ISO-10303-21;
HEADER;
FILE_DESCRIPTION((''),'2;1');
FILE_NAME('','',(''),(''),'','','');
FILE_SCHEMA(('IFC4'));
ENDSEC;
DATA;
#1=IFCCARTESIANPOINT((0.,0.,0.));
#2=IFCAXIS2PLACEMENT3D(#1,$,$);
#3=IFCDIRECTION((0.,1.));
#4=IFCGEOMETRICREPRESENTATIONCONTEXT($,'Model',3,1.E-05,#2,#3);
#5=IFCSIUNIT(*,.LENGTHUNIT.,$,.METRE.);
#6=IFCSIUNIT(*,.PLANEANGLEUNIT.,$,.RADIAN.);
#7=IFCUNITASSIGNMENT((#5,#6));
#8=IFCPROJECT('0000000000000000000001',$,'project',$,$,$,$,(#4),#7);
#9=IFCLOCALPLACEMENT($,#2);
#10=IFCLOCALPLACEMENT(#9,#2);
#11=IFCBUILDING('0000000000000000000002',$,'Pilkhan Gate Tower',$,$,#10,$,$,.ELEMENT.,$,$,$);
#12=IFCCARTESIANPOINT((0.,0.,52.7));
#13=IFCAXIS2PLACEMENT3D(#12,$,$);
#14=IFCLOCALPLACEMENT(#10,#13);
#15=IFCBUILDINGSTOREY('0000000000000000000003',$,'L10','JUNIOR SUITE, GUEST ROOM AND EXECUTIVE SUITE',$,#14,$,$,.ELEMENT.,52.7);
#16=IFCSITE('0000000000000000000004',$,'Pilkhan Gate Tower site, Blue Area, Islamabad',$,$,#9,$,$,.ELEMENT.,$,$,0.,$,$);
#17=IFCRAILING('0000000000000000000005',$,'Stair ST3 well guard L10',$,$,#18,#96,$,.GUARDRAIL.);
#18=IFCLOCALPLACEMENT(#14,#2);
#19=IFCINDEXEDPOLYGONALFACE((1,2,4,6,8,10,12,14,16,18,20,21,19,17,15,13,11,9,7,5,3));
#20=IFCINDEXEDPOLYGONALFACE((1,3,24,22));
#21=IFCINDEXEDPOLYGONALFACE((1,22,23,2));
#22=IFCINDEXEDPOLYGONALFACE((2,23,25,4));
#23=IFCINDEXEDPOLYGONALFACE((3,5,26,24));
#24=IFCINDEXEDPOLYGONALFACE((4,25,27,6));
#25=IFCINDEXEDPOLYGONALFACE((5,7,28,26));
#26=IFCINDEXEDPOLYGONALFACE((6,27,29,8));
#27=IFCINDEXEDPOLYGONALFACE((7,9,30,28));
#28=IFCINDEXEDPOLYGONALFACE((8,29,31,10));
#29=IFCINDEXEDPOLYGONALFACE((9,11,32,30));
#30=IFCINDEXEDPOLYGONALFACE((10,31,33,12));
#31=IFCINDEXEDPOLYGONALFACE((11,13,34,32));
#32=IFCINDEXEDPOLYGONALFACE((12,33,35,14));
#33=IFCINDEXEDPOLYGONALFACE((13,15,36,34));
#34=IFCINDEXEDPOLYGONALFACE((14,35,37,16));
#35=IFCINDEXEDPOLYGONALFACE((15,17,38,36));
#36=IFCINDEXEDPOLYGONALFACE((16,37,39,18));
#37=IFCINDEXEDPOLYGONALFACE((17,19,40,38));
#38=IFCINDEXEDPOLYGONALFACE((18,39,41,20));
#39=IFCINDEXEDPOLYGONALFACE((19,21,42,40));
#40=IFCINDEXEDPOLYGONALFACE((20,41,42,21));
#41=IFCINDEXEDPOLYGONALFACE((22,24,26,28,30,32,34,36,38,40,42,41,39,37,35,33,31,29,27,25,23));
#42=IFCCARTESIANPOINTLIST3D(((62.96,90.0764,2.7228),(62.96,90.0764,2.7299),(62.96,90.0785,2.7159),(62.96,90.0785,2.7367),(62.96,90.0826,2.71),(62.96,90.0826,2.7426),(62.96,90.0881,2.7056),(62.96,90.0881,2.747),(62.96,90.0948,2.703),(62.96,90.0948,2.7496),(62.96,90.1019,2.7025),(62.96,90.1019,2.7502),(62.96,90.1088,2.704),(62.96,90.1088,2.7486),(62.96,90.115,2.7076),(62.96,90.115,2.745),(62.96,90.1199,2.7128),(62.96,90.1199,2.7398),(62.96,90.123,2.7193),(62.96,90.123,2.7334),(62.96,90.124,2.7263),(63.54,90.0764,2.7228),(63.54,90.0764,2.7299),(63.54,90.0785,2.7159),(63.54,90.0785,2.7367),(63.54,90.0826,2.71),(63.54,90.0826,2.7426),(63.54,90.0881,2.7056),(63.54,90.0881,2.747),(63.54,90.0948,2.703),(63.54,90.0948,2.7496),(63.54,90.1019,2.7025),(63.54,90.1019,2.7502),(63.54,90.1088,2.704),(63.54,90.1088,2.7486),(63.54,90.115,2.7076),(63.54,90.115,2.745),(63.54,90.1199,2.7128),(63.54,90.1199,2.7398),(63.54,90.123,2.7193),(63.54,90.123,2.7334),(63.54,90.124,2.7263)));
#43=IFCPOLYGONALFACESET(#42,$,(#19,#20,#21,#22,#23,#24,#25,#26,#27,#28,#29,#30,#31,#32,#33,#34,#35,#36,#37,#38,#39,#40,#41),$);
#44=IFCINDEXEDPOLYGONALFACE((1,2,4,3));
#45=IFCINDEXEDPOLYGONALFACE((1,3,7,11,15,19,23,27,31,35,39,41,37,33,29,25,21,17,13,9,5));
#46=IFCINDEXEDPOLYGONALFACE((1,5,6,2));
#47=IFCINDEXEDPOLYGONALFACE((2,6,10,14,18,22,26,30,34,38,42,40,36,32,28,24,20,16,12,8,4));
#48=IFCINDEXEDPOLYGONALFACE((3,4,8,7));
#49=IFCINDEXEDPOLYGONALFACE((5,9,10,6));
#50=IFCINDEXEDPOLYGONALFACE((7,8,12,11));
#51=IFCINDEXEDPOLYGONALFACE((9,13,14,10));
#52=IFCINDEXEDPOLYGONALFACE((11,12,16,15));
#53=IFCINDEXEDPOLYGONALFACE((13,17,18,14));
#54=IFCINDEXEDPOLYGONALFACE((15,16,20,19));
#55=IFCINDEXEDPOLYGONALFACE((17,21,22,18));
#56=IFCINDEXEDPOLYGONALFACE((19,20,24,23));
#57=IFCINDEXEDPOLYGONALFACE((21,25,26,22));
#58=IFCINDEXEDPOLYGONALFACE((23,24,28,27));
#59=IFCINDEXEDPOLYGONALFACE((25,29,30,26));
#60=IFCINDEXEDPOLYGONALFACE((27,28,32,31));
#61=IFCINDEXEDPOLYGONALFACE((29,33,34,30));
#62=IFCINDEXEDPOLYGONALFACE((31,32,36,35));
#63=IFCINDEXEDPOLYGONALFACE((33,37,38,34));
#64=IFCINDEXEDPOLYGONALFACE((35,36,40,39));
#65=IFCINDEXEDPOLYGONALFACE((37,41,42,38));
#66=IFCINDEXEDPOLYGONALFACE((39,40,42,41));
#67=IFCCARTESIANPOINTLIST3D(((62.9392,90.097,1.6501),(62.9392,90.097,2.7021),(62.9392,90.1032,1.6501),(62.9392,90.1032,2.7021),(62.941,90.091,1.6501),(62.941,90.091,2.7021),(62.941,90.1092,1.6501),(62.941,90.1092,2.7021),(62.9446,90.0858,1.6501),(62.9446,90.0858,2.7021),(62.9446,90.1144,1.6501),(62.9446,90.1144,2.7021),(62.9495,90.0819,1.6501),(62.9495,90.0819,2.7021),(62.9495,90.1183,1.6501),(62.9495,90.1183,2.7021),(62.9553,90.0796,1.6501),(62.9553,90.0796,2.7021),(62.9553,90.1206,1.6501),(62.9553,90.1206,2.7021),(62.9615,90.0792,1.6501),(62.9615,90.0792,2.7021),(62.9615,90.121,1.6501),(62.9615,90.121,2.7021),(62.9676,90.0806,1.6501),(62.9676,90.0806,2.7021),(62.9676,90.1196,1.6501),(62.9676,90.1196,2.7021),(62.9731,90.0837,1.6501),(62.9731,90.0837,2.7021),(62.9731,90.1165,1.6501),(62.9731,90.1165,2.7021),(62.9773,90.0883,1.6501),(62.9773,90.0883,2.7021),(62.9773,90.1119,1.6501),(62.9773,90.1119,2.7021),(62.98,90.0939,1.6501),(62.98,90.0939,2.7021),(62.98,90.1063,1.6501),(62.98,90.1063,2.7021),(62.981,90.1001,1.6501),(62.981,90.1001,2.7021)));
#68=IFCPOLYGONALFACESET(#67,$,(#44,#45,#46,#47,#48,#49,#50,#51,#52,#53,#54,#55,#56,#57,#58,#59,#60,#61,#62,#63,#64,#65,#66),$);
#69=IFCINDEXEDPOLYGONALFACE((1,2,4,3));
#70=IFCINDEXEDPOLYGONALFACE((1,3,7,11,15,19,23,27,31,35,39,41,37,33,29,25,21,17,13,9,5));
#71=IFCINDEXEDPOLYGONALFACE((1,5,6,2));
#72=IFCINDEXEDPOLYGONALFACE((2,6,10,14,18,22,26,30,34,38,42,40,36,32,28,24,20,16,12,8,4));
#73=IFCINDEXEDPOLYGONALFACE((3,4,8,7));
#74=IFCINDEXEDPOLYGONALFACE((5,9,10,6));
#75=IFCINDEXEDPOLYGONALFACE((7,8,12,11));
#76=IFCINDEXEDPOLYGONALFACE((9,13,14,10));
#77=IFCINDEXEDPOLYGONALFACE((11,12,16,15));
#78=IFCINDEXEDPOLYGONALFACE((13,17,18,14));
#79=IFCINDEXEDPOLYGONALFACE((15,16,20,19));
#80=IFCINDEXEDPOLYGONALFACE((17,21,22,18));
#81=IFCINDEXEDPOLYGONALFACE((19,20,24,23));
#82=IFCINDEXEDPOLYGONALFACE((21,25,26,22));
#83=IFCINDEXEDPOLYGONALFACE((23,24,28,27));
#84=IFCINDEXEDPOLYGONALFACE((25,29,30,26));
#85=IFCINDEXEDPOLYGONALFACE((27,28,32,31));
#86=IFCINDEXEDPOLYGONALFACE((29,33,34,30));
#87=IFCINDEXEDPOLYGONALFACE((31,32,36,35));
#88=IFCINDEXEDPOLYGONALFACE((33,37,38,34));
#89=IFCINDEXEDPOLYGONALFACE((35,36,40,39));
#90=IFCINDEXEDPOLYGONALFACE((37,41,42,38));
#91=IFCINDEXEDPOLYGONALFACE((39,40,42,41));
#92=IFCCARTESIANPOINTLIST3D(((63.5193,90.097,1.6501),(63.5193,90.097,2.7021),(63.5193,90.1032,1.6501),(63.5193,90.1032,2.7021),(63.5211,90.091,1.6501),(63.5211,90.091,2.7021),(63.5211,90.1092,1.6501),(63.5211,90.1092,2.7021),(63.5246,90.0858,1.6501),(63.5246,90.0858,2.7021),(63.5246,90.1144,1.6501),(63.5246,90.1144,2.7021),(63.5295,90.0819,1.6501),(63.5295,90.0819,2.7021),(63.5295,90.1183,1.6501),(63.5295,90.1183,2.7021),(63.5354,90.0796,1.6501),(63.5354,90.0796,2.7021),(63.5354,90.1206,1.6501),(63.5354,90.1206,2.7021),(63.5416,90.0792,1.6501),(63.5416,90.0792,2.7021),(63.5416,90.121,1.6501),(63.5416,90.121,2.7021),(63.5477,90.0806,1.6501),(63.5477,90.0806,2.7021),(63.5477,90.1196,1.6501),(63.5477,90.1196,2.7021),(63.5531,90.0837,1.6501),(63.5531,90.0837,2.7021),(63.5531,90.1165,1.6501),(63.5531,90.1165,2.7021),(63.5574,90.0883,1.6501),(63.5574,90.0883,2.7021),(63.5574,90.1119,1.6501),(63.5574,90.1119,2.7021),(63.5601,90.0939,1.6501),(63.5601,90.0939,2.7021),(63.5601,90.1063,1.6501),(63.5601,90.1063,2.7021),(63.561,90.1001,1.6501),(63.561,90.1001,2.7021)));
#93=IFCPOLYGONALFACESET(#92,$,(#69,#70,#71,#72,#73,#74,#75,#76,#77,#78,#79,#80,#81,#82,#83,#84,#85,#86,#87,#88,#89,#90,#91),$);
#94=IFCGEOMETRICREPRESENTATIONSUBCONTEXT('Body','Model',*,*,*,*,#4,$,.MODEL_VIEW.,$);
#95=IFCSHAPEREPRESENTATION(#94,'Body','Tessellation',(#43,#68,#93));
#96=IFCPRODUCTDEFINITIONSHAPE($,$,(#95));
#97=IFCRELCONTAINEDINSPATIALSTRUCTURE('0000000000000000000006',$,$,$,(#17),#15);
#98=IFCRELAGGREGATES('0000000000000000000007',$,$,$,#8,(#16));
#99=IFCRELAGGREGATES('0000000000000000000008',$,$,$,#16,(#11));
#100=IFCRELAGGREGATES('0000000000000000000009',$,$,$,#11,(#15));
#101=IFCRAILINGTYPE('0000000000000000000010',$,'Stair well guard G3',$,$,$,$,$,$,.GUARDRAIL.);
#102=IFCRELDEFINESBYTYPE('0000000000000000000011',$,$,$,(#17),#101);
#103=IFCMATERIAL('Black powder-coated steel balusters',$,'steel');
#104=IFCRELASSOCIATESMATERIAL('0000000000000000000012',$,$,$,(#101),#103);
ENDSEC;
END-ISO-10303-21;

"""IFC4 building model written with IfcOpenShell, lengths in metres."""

from ifc_helpers import new_model, si_unit, direction, frame, origin, origin_2d, place, context, subcontext, project, spatial, circle, extrude, material, type_object, element, save


model = new_model("IFC4")

# Units and contexts
model_context = context("Model", 3, precision=1e-05, world=origin(), true_north=direction((0.0, 1.0)))
body_context = subcontext(model_context, "Body", "Model", "MODEL_VIEW")
ifc_project = project(units=[si_unit("LENGTHUNIT", "METRE"), si_unit("PLANEANGLEUNIT", "RADIAN")], contexts=[model_context])

# Site, building, storey
site_placement = place(None, origin())
site = spatial("IfcSite", under=ifc_project, at=site_placement, Name="Pilkhan Gate Tower site, Blue Area, Islamabad", CompositionType="ELEMENT", RefElevation=0.0)
building_placement = place(site_placement, origin())
building = spatial("IfcBuilding", under=site, at=building_placement, Name="Pilkhan Gate Tower", CompositionType="ELEMENT")
storey_placement = place(building_placement, frame((0.0, 0.0, 52.7)))
storey = spatial("IfcBuildingStorey", under=building, at=storey_placement, Name="L10", Description="JUNIOR SUITE, GUEST ROOM AND EXECUTIVE SUITE", CompositionType="ELEMENT", Elevation=52.7)

# Railing
ifc_material_1 = material(Name="Black powder-coated steel balusters", Category="steel")
railing_type_1 = type_object("IfcRailingType", Name="Stair well guard G3", PredefinedType="GUARDRAIL", material=ifc_material_1)
for number, where, name in (
    (1, (62.96, 90.1001, 1.6501), "Stair ST3 well guard L10"),
):
    element("IfcRailing", number, at=place(storey_placement, frame(where)), inside=storey, type_object=railing_type_1, Name=name, PredefinedType="GUARDRAIL", context=body_context, shape_type="SweptSolid", body=[
        extrude(circle(Radius=0.0239, at=origin_2d()), frame((0.0, 0.0, 1.0762), z_axis=(1.0, 0.0, 0.0), x_axis=(0.0, 1.0, 0.0)), (0.0, 0.0, 1.0), 0.5801),
        extrude(circle(Radius=0.021, at=origin_2d()), origin(), (0.0, 0.0, 1.0), 1.052),
        extrude(circle(Radius=0.021, at=origin_2d()), frame((0.5801, 0.0, 0.0)), (0.0, 0.0, 1.0), 1.052),
    ])

save(model, "model.ifc")
